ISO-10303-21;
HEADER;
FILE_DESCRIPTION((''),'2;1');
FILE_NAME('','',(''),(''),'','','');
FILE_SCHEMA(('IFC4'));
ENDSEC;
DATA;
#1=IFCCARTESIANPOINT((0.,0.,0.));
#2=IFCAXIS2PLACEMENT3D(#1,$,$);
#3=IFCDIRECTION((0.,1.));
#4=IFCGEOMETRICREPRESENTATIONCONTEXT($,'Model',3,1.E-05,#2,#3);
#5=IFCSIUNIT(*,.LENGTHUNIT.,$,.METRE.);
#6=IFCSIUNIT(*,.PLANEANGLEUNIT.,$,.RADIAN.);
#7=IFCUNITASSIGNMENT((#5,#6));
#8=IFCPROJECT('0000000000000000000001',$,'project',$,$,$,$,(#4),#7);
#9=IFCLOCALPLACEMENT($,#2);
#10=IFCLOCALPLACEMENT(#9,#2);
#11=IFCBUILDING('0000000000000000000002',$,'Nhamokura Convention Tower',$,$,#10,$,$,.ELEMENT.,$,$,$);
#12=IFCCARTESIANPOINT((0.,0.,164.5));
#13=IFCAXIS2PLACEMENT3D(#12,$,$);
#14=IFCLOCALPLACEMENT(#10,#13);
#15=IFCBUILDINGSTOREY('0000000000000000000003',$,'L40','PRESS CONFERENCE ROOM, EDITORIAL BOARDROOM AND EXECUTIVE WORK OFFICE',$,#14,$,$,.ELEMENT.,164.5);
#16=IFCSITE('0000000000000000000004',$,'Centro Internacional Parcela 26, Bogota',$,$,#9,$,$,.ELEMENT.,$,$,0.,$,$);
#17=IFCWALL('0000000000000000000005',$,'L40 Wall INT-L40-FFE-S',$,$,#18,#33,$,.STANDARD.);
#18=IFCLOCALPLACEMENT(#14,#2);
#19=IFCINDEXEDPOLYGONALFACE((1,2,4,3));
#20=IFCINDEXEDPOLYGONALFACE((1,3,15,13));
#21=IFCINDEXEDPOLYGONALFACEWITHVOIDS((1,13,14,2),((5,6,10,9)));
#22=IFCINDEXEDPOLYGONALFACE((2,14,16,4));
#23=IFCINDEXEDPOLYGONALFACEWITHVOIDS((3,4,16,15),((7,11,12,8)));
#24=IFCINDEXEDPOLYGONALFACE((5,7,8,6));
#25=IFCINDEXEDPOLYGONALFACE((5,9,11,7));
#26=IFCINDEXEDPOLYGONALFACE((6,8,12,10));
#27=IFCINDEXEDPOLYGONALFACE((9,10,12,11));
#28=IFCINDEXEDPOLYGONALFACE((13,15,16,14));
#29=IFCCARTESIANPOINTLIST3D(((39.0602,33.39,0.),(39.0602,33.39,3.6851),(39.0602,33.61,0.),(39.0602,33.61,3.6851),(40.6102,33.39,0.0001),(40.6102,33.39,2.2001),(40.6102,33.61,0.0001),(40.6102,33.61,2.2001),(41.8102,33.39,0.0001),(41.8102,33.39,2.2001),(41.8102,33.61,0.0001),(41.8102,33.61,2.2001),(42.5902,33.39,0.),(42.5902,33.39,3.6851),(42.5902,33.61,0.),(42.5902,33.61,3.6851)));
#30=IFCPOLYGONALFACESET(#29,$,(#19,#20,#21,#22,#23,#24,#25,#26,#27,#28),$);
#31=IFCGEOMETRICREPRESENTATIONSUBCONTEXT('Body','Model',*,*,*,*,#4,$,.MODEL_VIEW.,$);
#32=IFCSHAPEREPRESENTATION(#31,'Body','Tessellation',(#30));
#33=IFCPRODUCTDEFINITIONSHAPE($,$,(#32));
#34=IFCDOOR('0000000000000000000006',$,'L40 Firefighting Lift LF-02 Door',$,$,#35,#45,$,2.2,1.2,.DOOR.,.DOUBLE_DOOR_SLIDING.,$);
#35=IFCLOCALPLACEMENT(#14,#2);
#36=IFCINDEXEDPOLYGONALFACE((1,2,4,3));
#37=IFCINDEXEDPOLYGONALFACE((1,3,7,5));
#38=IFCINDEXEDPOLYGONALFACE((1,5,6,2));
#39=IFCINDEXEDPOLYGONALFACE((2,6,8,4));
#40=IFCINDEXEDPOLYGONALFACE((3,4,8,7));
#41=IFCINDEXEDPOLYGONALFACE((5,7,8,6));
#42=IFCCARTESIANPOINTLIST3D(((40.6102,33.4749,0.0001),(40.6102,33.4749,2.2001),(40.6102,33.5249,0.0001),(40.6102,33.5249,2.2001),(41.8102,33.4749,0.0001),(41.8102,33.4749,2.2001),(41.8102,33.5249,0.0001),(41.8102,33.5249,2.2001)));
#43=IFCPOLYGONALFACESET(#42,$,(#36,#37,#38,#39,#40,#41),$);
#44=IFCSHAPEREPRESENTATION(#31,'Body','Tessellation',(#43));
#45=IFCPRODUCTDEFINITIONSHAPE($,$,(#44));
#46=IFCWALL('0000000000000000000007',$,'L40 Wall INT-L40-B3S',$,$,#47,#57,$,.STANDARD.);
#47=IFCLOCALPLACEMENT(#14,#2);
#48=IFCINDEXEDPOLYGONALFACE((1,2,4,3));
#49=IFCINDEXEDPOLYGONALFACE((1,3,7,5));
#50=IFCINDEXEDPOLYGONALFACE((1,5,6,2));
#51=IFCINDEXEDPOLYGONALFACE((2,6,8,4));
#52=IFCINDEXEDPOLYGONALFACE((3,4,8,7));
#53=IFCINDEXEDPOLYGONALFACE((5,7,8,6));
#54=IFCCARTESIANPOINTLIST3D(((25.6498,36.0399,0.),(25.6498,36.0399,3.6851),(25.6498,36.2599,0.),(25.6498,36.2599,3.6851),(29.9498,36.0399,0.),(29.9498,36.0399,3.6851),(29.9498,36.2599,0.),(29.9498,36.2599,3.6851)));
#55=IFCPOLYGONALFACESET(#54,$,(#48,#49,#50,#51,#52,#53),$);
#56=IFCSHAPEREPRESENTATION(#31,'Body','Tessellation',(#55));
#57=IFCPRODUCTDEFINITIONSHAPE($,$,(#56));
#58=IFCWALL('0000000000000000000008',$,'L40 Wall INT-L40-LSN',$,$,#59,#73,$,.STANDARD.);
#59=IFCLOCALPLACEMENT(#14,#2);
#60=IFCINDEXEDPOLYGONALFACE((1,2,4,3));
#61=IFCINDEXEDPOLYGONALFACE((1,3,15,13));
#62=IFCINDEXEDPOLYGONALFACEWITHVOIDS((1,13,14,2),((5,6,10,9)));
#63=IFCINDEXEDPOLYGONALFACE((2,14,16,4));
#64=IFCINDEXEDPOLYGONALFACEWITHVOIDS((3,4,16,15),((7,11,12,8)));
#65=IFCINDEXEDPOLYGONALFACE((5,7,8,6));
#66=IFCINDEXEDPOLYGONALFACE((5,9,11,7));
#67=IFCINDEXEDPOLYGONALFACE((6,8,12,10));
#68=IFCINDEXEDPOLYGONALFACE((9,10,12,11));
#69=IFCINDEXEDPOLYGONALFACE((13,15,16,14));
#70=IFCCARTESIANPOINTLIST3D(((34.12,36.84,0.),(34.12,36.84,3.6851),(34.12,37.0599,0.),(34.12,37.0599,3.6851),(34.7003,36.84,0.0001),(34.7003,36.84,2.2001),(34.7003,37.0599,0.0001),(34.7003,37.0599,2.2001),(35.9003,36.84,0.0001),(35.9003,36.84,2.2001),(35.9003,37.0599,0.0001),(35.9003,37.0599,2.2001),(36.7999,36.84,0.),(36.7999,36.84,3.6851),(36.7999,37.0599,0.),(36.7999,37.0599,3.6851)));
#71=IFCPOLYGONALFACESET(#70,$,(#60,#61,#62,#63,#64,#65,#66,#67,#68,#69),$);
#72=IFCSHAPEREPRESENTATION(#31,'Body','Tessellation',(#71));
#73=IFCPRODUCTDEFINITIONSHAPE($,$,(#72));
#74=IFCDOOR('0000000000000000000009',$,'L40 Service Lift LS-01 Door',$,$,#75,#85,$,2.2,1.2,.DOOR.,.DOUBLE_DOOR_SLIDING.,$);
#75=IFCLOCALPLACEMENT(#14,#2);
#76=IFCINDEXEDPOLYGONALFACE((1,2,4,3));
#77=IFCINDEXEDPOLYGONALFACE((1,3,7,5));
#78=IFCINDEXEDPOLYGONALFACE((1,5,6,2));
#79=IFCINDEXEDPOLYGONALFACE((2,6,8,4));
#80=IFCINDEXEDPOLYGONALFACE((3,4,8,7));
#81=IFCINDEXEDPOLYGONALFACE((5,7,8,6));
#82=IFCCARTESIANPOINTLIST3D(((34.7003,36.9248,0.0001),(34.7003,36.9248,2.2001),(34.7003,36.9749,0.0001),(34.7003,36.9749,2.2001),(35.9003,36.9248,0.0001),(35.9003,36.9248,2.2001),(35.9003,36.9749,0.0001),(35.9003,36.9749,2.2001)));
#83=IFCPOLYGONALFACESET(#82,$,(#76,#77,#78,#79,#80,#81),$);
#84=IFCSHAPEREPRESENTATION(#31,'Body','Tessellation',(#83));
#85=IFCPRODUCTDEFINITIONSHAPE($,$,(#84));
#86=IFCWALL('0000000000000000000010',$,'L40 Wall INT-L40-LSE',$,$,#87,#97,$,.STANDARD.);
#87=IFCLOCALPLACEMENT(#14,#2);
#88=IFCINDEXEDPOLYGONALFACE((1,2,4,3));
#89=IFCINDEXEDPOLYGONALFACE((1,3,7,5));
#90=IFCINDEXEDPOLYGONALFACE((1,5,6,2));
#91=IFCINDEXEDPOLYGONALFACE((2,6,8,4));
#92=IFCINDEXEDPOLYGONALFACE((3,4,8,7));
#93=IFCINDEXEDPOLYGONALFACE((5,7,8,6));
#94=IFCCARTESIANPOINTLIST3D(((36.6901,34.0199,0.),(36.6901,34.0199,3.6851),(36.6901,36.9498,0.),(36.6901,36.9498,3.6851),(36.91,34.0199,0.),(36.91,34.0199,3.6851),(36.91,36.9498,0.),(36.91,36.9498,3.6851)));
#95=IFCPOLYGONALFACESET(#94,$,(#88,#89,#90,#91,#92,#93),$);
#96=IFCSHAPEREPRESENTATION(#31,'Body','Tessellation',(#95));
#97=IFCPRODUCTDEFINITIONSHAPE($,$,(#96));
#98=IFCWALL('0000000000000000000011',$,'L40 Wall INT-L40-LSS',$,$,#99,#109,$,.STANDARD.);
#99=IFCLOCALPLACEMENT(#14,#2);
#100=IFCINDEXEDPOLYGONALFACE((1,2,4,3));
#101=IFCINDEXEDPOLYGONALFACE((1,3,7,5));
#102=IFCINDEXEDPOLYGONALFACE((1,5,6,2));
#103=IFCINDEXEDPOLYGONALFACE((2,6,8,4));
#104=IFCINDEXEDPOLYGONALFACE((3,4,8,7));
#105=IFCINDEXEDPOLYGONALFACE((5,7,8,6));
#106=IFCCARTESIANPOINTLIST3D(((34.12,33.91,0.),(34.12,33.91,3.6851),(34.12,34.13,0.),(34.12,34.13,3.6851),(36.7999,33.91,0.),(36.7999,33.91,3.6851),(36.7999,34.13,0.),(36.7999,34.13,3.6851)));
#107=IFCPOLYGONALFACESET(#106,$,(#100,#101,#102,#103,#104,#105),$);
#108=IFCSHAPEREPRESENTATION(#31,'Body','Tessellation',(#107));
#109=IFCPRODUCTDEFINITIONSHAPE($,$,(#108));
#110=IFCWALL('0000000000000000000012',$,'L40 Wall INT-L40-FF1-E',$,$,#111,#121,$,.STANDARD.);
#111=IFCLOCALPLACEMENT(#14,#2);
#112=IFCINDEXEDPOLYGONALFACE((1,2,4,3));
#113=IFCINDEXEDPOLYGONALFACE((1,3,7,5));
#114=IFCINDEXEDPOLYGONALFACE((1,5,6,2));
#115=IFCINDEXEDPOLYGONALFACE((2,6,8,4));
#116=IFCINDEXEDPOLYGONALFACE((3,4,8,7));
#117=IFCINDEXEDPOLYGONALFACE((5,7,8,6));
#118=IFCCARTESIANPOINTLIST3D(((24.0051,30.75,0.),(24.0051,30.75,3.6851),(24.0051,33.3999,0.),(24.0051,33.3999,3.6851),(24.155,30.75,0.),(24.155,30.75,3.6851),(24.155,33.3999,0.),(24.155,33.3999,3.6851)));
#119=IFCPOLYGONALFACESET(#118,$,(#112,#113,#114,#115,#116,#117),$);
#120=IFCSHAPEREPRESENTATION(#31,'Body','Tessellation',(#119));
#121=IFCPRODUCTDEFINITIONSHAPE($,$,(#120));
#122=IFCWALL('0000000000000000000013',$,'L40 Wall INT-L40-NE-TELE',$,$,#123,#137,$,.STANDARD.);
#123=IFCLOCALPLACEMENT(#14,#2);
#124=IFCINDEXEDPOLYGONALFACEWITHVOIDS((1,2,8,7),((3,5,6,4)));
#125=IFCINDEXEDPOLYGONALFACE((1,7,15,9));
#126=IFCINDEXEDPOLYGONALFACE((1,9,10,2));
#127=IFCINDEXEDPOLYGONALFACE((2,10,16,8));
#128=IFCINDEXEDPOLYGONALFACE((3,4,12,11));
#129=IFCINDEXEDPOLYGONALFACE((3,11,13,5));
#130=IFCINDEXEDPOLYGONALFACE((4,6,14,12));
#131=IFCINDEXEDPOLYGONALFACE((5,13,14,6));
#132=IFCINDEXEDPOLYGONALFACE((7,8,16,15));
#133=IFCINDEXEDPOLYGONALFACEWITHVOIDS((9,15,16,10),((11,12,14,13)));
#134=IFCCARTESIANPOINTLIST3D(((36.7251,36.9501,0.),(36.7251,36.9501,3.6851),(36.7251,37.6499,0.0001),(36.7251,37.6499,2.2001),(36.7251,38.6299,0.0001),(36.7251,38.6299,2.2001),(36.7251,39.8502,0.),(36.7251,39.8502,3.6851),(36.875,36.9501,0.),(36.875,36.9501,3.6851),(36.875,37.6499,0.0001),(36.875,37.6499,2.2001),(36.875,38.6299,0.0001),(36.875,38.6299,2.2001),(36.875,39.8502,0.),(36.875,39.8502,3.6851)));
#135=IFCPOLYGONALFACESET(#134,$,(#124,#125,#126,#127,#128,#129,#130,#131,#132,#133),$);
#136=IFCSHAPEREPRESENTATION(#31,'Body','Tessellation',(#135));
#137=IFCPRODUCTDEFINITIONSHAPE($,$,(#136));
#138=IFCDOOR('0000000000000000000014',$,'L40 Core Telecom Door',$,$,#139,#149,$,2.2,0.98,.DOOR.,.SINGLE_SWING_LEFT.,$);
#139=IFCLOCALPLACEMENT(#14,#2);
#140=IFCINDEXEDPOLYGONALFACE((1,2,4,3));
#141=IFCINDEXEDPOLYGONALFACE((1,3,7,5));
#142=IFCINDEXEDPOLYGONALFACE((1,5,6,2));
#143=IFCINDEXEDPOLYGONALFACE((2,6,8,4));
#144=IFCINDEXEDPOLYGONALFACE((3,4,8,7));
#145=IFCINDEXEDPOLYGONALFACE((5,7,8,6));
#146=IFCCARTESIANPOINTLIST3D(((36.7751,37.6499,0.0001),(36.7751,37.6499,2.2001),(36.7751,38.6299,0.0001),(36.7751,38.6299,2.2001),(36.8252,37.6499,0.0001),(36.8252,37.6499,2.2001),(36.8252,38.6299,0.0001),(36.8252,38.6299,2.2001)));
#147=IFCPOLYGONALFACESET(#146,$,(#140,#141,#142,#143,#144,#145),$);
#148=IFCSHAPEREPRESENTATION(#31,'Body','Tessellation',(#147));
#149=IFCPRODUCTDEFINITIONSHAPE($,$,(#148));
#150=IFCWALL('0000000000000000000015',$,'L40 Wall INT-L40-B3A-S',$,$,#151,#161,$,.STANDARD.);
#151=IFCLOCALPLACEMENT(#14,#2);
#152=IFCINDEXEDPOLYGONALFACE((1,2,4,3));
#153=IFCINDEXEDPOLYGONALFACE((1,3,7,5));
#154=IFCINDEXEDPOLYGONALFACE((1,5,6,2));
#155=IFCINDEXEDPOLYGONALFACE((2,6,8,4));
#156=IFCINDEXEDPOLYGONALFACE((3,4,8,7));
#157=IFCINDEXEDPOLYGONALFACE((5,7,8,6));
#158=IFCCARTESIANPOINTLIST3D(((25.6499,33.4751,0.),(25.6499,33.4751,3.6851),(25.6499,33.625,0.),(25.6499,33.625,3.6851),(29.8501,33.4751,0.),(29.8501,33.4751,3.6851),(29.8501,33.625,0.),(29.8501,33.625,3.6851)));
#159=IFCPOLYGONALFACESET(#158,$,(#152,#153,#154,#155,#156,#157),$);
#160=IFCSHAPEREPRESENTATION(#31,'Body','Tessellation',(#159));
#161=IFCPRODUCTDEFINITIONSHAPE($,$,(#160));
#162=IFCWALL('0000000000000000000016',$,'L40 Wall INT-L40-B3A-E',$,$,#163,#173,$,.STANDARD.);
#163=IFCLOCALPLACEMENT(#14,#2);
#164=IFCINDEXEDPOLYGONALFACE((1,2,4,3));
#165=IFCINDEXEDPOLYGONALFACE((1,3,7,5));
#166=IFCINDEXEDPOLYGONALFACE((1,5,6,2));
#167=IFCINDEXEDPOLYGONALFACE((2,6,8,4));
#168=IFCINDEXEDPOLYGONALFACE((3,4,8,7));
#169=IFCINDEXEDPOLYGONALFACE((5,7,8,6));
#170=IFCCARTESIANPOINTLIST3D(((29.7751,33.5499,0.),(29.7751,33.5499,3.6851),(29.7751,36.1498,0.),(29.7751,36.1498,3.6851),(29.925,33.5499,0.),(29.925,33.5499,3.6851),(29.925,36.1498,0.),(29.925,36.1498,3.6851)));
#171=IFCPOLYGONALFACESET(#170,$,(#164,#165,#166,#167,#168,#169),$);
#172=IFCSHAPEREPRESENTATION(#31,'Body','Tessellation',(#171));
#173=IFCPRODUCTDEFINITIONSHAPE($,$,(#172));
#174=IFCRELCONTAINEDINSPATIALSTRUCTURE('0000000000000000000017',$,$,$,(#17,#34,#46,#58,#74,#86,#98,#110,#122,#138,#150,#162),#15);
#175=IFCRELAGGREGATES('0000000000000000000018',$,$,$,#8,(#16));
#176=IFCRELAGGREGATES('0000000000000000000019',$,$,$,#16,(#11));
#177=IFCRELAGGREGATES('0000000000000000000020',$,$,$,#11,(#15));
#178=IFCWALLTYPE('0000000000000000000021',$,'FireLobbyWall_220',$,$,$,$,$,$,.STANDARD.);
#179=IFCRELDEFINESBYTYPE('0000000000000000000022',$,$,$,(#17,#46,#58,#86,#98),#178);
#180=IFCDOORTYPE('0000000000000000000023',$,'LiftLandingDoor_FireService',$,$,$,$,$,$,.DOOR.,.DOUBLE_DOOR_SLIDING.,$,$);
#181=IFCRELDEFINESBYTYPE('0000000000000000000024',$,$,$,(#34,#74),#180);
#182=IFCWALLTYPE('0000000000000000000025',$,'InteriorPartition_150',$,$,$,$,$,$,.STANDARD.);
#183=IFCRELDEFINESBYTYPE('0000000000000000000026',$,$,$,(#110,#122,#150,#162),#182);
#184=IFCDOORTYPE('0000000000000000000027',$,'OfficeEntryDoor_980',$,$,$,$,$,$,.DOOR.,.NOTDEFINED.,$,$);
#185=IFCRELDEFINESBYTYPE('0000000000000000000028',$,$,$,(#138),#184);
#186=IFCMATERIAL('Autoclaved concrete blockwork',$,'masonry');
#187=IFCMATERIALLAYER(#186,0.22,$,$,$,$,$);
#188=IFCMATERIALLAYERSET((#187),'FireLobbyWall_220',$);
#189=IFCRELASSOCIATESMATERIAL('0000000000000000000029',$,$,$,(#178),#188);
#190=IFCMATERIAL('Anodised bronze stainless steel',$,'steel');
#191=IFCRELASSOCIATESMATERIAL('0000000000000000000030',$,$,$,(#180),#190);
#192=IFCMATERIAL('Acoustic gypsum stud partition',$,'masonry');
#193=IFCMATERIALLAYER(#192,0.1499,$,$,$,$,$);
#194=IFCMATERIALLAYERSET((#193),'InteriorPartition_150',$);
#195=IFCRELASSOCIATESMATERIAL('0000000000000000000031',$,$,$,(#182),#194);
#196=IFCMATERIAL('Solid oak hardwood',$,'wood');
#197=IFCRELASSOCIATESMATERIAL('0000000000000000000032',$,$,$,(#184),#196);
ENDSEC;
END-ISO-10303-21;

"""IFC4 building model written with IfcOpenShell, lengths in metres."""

from ifc_helpers import new_model, si_unit, direction, frame, frame_2d, origin, place, context, subcontext, project, spatial, rectangle, extrude, material, layer, layer_set, type_object, element, fill, save


model = new_model("IFC4")

# Units and contexts
model_context = context("Model", 3, precision=1e-05, world=origin(), true_north=direction((0.0, 1.0)))
body_context = subcontext(model_context, "Body", "Model", "MODEL_VIEW")
ifc_project = project(units=[si_unit("LENGTHUNIT", "METRE"), si_unit("PLANEANGLEUNIT", "RADIAN")], contexts=[model_context])

# Site, building, storey
site_placement = place(None, origin())
site = spatial("IfcSite", under=ifc_project, at=site_placement, Name="Centro Internacional Parcela 26, Bogota", CompositionType="ELEMENT", RefElevation=0.0)
building_placement = place(site_placement, origin())
building = spatial("IfcBuilding", under=site, at=building_placement, Name="Nhamokura Convention Tower", CompositionType="ELEMENT")
storey_placement = place(building_placement, frame((0.0, 0.0, 164.5)))
storey = spatial("IfcBuildingStorey", under=building, at=storey_placement, Name="L40", Description="PRESS CONFERENCE ROOM, EDITORIAL BOARDROOM AND EXECUTIVE WORK OFFICE", CompositionType="ELEMENT", Elevation=164.5)

# Wall, opening, door
ifc_material_1 = material(Name="Autoclaved concrete blockwork", Category="masonry")
ifc_layer_1 = layer(ifc_material_1, 0.22)
ifc_layer_set_1 = layer_set([ifc_layer_1], Name="FireLobbyWall_220")
wall_type_1 = type_object("IfcWallType", Name="FireLobbyWall_220", PredefinedType="STANDARD", material=ifc_layer_set_1)
wall_1_placement = place(storey_placement, frame((39.0601, 33.5, 0.0), z_axis=(0.0, 0.0, 1.0), x_axis=(1.0, 0.0, 0.0)))
wall_1 = element("IfcWall", 1, at=wall_1_placement, inside=storey, type_object=wall_type_1, Name="L40 Wall INT-L40-FFE-S", PredefinedType="STANDARD", context=body_context, shape_type="SweptSolid", body=[
    extrude(rectangle(XDim=3.53, YDim=0.22, at=frame_2d((1.7651, 0.0))), origin(), (0.0, 0.0, 1.0), 3.6851),
])
opening_1_placement = place(wall_1_placement, frame((1.55, 0.0, 0.0)))
opening_1 = element("IfcOpeningElement", 2, at=opening_1_placement, cuts=wall_1, PredefinedType="OPENING", context=body_context, shape_type="SweptSolid", body=[
    extrude(rectangle(XDim=1.2, YDim=2.2, at=frame_2d((0.6001, 1.1001))), frame((0.0, 0.1199, 0.0), z_axis=(0.0, -1.0, 0.0), x_axis=(1.0, 0.0, 0.0)), (0.0, 0.0, 1.0), 0.24),
])
ifc_material_2 = material(Name="Anodised bronze stainless steel", Category="steel")
door_type_1 = type_object("IfcDoorType", Name="LiftLandingDoor_FireService", OperationType="DOUBLE_DOOR_SLIDING", PredefinedType="DOOR", material=ifc_material_2)
door_1_placement = place(opening_1_placement, origin())
door_1 = element("IfcDoor", 3, at=door_1_placement, inside=storey, type_object=door_type_1, Name="L40 Firefighting Lift LF-02 Door", OperationType="DOUBLE_DOOR_SLIDING", OverallHeight=2.2, OverallWidth=1.2, PredefinedType="DOOR", context=body_context, shape_type="SweptSolid", body=[
    extrude(rectangle(XDim=1.2, YDim=2.2, at=frame_2d((0.6001, 1.1001))), frame((0.0, 0.0249, 0.0), z_axis=(0.0, -1.0, 0.0), x_axis=(1.0, 0.0, 0.0)), (0.0, 0.0, 1.0), 0.05),
])
fill(opening_1, door_1)

# Wall
wall_2_placement = place(storey_placement, frame((25.6499, 36.1499, 0.0), z_axis=(0.0, 0.0, 1.0), x_axis=(1.0, 0.0, 0.0)))
element("IfcWall", 4, at=wall_2_placement, inside=storey, type_object=wall_type_1, Name="L40 Wall INT-L40-B3S", PredefinedType="STANDARD", context=body_context, shape_type="SweptSolid", body=[
    extrude(rectangle(XDim=4.3, YDim=0.22, at=frame_2d((2.1499, 0.0))), origin(), (0.0, 0.0, 1.0), 3.6851),
])

# Wall, opening, door
wall_3_placement = place(storey_placement, frame((34.1201, 36.95, 0.0), z_axis=(0.0, 0.0, 1.0), x_axis=(1.0, 0.0, 0.0)))
wall_3 = element("IfcWall", 5, at=wall_3_placement, inside=storey, type_object=wall_type_1, Name="L40 Wall INT-L40-LSN", PredefinedType="STANDARD", context=body_context, shape_type="SweptSolid", body=[
    extrude(rectangle(XDim=2.6799, YDim=0.22, at=frame_2d((1.3398, 0.0))), origin(), (0.0, 0.0, 1.0), 3.6851),
])
opening_2_placement = place(wall_3_placement, frame((0.5801, 0.0, 0.0)))
opening_2 = element("IfcOpeningElement", 6, at=opening_2_placement, cuts=wall_3, PredefinedType="OPENING", context=body_context, shape_type="SweptSolid", body=[
    extrude(rectangle(XDim=1.2, YDim=2.2, at=frame_2d((0.6001, 1.1001))), frame((0.0, 0.1199, 0.0), z_axis=(0.0, -1.0, 0.0), x_axis=(1.0, 0.0, 0.0)), (0.0, 0.0, 1.0), 0.24),
])
door_2_placement = place(opening_2_placement, origin())
door_2 = element("IfcDoor", 7, at=door_2_placement, inside=storey, type_object=door_type_1, Name="L40 Service Lift LS-01 Door", OperationType="DOUBLE_DOOR_SLIDING", OverallHeight=2.2, OverallWidth=1.2, PredefinedType="DOOR", context=body_context, shape_type="SweptSolid", body=[
    extrude(rectangle(XDim=1.2, YDim=2.2, at=frame_2d((0.6001, 1.1001))), frame((0.0, 0.0249, 0.0), z_axis=(0.0, -1.0, 0.0), x_axis=(1.0, 0.0, 0.0)), (0.0, 0.0, 1.0), 0.05),
])
fill(opening_2, door_2)

# Walls
wall_4_placement = place(storey_placement, frame((36.8, 34.02, 0.0), z_axis=(0.0, 0.0, 1.0), x_axis=(0.0, 1.0, 0.0)))
element("IfcWall", 8, at=wall_4_placement, inside=storey, type_object=wall_type_1, Name="L40 Wall INT-L40-LSE", PredefinedType="STANDARD", context=body_context, shape_type="SweptSolid", body=[
    extrude(rectangle(XDim=2.9299, YDim=0.22, at=frame_2d((1.4648, 0.0))), origin(), (0.0, 0.0, 1.0), 3.6851),
])
wall_5_placement = place(storey_placement, frame((34.1201, 34.02, 0.0), z_axis=(0.0, 0.0, 1.0), x_axis=(1.0, 0.0, 0.0)))
element("IfcWall", 9, at=wall_5_placement, inside=storey, type_object=wall_type_1, Name="L40 Wall INT-L40-LSS", PredefinedType="STANDARD", context=body_context, shape_type="SweptSolid", body=[
    extrude(rectangle(XDim=2.6799, YDim=0.22, at=frame_2d((1.3398, 0.0))), origin(), (0.0, 0.0, 1.0), 3.6851),
])
ifc_material_3 = material(Name="Acoustic gypsum stud partition", Category="masonry")
ifc_layer_2 = layer(ifc_material_3, 0.1499)
ifc_layer_set_2 = layer_set([ifc_layer_2], Name="InteriorPartition_150")
wall_type_2 = type_object("IfcWallType", Name="InteriorPartition_150", PredefinedType="STANDARD", material=ifc_layer_set_2)
wall_6_placement = place(storey_placement, frame((24.0801, 30.75, 0.0), z_axis=(0.0, 0.0, 1.0), x_axis=(0.0, 1.0, 0.0)))
element("IfcWall", 10, at=wall_6_placement, inside=storey, type_object=wall_type_2, Name="L40 Wall INT-L40-FF1-E", PredefinedType="STANDARD", context=body_context, shape_type="SweptSolid", body=[
    extrude(rectangle(XDim=2.6499, YDim=0.1499, at=frame_2d((1.325, 0.0))), origin(), (0.0, 0.0, 1.0), 3.6851),
])

# Wall, opening, door
wall_7_placement = place(storey_placement, frame((36.8, 36.95, 0.0), z_axis=(0.0, 0.0, 1.0), x_axis=(0.0, 1.0, 0.0)))
wall_7 = element("IfcWall", 11, at=wall_7_placement, inside=storey, type_object=wall_type_2, Name="L40 Wall INT-L40-NE-TELE", PredefinedType="STANDARD", context=body_context, shape_type="SweptSolid", body=[
    extrude(rectangle(XDim=2.9001, YDim=0.1499, at=frame_2d((1.4502, 0.0))), origin(), (0.0, 0.0, 1.0), 3.6851),
])
opening_3_placement = place(wall_7_placement, frame((0.7, 0.0, 0.0)))
opening_3 = element("IfcOpeningElement", 12, at=opening_3_placement, cuts=wall_7, PredefinedType="OPENING", context=body_context, shape_type="SweptSolid", body=[
    extrude(rectangle(XDim=0.98, YDim=2.2, at=frame_2d((0.49, 1.1001))), frame((0.0, 0.085, 0.0), z_axis=(0.0, -1.0, 0.0), x_axis=(1.0, 0.0, 0.0)), (0.0, 0.0, 1.0), 0.1699),
])
ifc_material_4 = material(Name="Solid oak hardwood", Category="wood")
door_type_2 = type_object("IfcDoorType", Name="OfficeEntryDoor_980", OperationType="NOTDEFINED", PredefinedType="DOOR", material=ifc_material_4)
door_3_placement = place(opening_3_placement, origin())
door_3 = element("IfcDoor", 13, at=door_3_placement, inside=storey, type_object=door_type_2, Name="L40 Core Telecom Door", OperationType="SINGLE_SWING_LEFT", OverallHeight=2.2, OverallWidth=0.98, PredefinedType="DOOR", context=body_context, shape_type="SweptSolid", body=[
    extrude(rectangle(XDim=0.98, YDim=2.2, at=frame_2d((0.49, 1.1001))), frame((0.0, 0.0249, 0.0), z_axis=(0.0, -1.0, 0.0), x_axis=(1.0, 0.0, 0.0)), (0.0, 0.0, 1.0), 0.05),
])
fill(opening_3, door_3)

# Walls
wall_8_placement = place(storey_placement, frame((25.6499, 33.55, 0.0), z_axis=(0.0, 0.0, 1.0), x_axis=(1.0, 0.0, 0.0)))
element("IfcWall", 14, at=wall_8_placement, inside=storey, type_object=wall_type_2, Name="L40 Wall INT-L40-B3A-S", PredefinedType="STANDARD", context=body_context, shape_type="SweptSolid", body=[
    extrude(rectangle(XDim=4.2002, YDim=0.1499, at=frame_2d((2.1001, 0.0))), origin(), (0.0, 0.0, 1.0), 3.6851),
])
wall_9_placement = place(storey_placement, frame((29.8501, 33.55, 0.0), z_axis=(0.0, 0.0, 1.0), x_axis=(0.0, 1.0, 0.0)))
element("IfcWall", 15, at=wall_9_placement, inside=storey, type_object=wall_type_2, Name="L40 Wall INT-L40-B3A-E", PredefinedType="STANDARD", context=body_context, shape_type="SweptSolid", body=[
    extrude(rectangle(XDim=2.5999, YDim=0.1499, at=frame_2d((1.2998, 0.0))), origin(), (0.0, 0.0, 1.0), 3.6851),
])

save(model, "model.ifc")
